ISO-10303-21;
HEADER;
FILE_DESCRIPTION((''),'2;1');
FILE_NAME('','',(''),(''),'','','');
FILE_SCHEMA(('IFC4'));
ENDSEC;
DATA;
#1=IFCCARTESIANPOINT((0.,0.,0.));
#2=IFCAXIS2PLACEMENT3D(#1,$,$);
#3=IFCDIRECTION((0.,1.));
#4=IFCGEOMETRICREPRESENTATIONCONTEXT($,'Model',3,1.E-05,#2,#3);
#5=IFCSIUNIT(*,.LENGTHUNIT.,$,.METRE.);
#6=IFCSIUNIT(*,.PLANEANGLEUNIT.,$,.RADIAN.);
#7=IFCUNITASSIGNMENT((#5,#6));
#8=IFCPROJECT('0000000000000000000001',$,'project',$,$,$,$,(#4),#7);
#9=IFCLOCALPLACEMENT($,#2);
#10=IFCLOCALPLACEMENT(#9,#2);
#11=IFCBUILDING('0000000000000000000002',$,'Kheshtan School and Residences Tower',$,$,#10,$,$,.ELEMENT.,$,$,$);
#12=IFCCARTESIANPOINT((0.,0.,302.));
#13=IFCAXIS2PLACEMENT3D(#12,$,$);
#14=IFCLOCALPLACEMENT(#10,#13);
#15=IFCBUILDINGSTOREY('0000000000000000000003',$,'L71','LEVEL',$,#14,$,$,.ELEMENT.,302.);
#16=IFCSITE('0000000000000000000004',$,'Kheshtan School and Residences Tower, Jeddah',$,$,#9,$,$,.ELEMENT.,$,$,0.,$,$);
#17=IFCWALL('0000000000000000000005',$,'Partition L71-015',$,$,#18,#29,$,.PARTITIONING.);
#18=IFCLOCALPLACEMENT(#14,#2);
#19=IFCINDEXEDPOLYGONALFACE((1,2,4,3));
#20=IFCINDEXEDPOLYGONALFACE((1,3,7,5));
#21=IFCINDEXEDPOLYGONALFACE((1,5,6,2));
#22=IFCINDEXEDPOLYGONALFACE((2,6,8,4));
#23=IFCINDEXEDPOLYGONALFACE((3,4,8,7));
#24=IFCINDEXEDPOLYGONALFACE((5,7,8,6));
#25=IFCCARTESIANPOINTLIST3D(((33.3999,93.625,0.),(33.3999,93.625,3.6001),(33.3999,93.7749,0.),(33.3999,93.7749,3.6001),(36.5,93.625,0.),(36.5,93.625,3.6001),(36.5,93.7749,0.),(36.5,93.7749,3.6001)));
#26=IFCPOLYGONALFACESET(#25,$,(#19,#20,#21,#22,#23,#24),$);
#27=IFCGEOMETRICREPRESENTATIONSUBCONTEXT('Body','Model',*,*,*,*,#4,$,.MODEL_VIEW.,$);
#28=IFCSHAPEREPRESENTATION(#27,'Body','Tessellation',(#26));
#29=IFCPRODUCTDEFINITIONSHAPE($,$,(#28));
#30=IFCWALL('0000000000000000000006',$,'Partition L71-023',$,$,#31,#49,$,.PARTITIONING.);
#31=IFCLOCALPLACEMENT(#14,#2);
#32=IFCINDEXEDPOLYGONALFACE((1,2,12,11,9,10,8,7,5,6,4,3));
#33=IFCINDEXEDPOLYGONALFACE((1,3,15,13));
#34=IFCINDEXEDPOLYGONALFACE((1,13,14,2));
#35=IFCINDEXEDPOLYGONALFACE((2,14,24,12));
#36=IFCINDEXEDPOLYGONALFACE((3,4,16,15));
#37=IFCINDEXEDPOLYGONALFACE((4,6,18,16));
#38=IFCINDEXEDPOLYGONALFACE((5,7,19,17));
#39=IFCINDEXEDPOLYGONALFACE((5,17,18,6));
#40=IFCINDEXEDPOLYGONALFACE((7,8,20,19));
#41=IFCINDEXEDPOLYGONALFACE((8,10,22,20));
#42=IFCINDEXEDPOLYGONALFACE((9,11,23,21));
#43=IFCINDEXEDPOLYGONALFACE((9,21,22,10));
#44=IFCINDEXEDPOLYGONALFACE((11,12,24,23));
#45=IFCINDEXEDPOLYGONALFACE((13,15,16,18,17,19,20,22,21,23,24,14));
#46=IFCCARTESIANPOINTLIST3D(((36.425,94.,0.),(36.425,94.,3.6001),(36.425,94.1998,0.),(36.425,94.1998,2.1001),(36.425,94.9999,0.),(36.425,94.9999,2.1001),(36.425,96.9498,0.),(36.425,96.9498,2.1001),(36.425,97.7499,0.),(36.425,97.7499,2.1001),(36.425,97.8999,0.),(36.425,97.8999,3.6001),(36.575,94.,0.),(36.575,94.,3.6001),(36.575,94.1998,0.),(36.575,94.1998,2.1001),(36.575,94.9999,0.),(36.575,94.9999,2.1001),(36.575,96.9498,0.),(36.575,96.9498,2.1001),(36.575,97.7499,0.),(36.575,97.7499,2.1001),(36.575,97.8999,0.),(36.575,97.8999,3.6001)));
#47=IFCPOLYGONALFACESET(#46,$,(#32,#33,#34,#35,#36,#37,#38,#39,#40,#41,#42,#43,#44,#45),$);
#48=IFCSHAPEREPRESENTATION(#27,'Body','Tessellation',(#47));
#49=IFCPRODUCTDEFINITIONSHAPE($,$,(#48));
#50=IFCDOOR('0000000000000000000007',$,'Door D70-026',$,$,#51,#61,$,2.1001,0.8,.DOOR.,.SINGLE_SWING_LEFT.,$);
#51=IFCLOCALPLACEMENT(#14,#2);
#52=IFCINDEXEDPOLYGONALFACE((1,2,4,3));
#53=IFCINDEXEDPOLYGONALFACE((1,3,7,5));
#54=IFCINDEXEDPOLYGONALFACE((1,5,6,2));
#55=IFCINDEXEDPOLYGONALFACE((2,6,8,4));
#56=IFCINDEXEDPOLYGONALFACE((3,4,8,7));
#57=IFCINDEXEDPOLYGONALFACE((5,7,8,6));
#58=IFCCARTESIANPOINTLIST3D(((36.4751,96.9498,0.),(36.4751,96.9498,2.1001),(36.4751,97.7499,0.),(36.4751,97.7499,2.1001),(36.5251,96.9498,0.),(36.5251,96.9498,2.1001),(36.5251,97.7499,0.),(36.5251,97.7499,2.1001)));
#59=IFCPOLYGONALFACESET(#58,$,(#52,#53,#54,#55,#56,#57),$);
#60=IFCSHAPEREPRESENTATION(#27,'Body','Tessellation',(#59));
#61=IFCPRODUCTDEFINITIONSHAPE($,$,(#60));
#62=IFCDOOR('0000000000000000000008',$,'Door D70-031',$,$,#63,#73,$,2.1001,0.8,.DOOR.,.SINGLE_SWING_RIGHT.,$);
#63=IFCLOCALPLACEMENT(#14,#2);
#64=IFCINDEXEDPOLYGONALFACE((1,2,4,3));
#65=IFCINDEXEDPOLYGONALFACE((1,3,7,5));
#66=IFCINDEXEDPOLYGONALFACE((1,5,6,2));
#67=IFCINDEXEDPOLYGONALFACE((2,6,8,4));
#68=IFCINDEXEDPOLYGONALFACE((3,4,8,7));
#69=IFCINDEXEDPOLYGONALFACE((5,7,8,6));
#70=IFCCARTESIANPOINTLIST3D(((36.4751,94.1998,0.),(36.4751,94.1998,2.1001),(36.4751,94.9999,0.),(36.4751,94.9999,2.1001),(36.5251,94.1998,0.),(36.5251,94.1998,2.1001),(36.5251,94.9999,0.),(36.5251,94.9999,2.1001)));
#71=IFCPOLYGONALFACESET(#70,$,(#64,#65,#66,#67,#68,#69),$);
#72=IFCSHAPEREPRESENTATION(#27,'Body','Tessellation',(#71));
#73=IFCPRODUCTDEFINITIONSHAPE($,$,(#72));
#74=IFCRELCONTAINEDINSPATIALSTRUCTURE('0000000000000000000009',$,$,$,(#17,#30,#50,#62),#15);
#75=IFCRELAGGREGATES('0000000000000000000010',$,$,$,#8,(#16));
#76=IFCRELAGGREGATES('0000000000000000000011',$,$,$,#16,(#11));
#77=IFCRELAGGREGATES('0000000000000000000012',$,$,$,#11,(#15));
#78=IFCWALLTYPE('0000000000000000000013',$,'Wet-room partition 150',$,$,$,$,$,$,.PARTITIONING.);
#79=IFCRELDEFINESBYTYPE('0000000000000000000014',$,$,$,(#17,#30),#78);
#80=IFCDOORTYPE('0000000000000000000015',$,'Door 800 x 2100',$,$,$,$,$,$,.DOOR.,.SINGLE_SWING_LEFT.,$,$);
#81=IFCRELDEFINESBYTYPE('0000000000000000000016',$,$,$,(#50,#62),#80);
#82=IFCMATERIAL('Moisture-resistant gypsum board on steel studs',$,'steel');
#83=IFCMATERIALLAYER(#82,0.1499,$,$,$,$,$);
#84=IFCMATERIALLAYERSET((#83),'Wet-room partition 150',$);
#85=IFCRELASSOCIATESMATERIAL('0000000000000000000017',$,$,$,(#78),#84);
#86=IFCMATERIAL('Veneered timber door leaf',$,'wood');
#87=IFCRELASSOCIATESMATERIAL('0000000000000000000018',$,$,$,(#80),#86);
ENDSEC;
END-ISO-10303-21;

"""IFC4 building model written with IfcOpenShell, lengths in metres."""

from ifc_helpers import new_model, si_unit, direction, frame, frame_2d, origin, place, context, subcontext, project, spatial, rectangle, extrude, source, transform, mapped, material, layer, layer_set, type_object, element, fill, save


model = new_model("IFC4")

# Units and contexts
model_context = context("Model", 3, precision=1e-05, world=origin(), true_north=direction((0.0, 1.0)))
body_context = subcontext(model_context, "Body", "Model", "MODEL_VIEW")
ifc_project = project(units=[si_unit("LENGTHUNIT", "METRE"), si_unit("PLANEANGLEUNIT", "RADIAN")], contexts=[model_context])

# Site, building, storey
site_placement = place(None, origin())
site = spatial("IfcSite", under=ifc_project, at=site_placement, Name="Kheshtan School and Residences Tower, Jeddah", CompositionType="ELEMENT", RefElevation=0.0)
building_placement = place(site_placement, origin())
building = spatial("IfcBuilding", under=site, at=building_placement, Name="Kheshtan School and Residences Tower", CompositionType="ELEMENT")
storey_placement = place(building_placement, frame((0.0, 0.0, 302.0)))
storey = spatial("IfcBuildingStorey", under=building, at=storey_placement, Name="L71", Description="LEVEL", CompositionType="ELEMENT", Elevation=302.0)

# Shared definitions
ifc_material_1 = material(Name="Veneered timber door leaf", Category="wood")

# Wall
ifc_material_2 = material(Name="Moisture-resistant gypsum board on steel studs", Category="steel")
ifc_layer_1 = layer(ifc_material_2, 0.1499)
ifc_layer_set_1 = layer_set([ifc_layer_1], Name="Wet-room partition 150")
wall_type_1 = type_object("IfcWallType", Name="Wet-room partition 150", PredefinedType="PARTITIONING", material=ifc_layer_set_1)
wall_1_placement = place(storey_placement, frame((33.3999, 93.7, 0.0), z_axis=(0.0, 0.0, 1.0), x_axis=(1.0, 0.0, 0.0)))
element("IfcWall", 1, at=wall_1_placement, inside=storey, type_object=wall_type_1, Name="Partition L71-015", PredefinedType="PARTITIONING", context=body_context, shape_type="SweptSolid", body=[
    extrude(rectangle(XDim=3.1001, YDim=0.1499, at=frame_2d((1.55, 0.0))), origin(), (0.0, 0.0, 1.0), 3.6001),
])

# Wall, openings, doors
wall_2_placement = place(storey_placement, frame((36.5, 94.0, 0.0), z_axis=(0.0, 0.0, 1.0), x_axis=(0.0, 1.0, 0.0)))
wall_2 = element("IfcWall", 2, at=wall_2_placement, inside=storey, type_object=wall_type_1, Name="Partition L71-023", PredefinedType="PARTITIONING", context=body_context, shape_type="SweptSolid", body=[
    extrude(rectangle(XDim=3.8999, YDim=0.1499, at=frame_2d((1.95, 0.0))), origin(), (0.0, 0.0, 1.0), 3.6001),
])
opening_1_placement = place(wall_2_placement, frame((2.95, 0.0, 0.0)))
opening_1 = element("IfcOpeningElement", 3, at=opening_1_placement, cuts=wall_2, PredefinedType="OPENING", context=body_context, shape_type="SweptSolid", body=[
    extrude(rectangle(XDim=0.8, YDim=2.1001, at=frame_2d((0.3999, 1.05))), frame((0.0, 0.085, 0.0), z_axis=(0.0, -1.0, 0.0), x_axis=(1.0, 0.0, 0.0)), (0.0, 0.0, 1.0), 0.1699),
])
opening_2_placement = place(wall_2_placement, frame((0.2, 0.0, 0.0)))
opening_2 = element("IfcOpeningElement", 4, at=opening_2_placement, cuts=wall_2, PredefinedType="OPENING", context=body_context, shape_type="SweptSolid", body=[
    extrude(rectangle(XDim=0.8, YDim=2.1001, at=frame_2d((0.3999, 1.05))), frame((0.0, 0.085, 0.0), z_axis=(0.0, -1.0, 0.0), x_axis=(1.0, 0.0, 0.0)), (0.0, 0.0, 1.0), 0.1699),
])
door_type_1 = type_object("IfcDoorType", Name="Door 800 x 2100", OperationType="SINGLE_SWING_LEFT", PredefinedType="DOOR", material=ifc_material_1)
shared_shape_1 = source(origin(), body_context, "Body", "SweptSolid", [
    extrude(rectangle(XDim=0.8, YDim=2.1001, at=frame_2d((0.3999, 1.05))), frame((0.0, 0.0249, 0.0), z_axis=(0.0, -1.0, 0.0), x_axis=(1.0, 0.0, 0.0)), (0.0, 0.0, 1.0), 0.05),
])
door_1_placement = place(opening_1_placement, origin())
door_1 = element("IfcDoor", 5, at=door_1_placement, inside=storey, type_object=door_type_1, Name="Door D70-026", OperationType="SINGLE_SWING_LEFT", OverallHeight=2.1001, OverallWidth=0.8, PredefinedType="DOOR", context=body_context, shape_type="MappedRepresentation", body=[
    mapped(shared_shape_1, transform((0.0, 0.0, 0.0), x_axis=(1.0, 0.0, 0.0), y_axis=(0.0, 1.0, 0.0), z_axis=(0.0, 0.0, 1.0), scale=1.0)),
])
fill(opening_1, door_1)
door_2_placement = place(opening_2_placement, origin())
door_2 = element("IfcDoor", 6, at=door_2_placement, inside=storey, type_object=door_type_1, Name="Door D70-031", OperationType="SINGLE_SWING_RIGHT", OverallHeight=2.1001, OverallWidth=0.8, PredefinedType="DOOR", context=body_context, shape_type="MappedRepresentation", body=[
    mapped(shared_shape_1, transform((0.0, 0.0, 0.0), x_axis=(1.0, 0.0, 0.0), y_axis=(0.0, 1.0, 0.0), z_axis=(0.0, 0.0, 1.0), scale=1.0)),
])
fill(opening_2, door_2)

save(model, "model.ifc")
